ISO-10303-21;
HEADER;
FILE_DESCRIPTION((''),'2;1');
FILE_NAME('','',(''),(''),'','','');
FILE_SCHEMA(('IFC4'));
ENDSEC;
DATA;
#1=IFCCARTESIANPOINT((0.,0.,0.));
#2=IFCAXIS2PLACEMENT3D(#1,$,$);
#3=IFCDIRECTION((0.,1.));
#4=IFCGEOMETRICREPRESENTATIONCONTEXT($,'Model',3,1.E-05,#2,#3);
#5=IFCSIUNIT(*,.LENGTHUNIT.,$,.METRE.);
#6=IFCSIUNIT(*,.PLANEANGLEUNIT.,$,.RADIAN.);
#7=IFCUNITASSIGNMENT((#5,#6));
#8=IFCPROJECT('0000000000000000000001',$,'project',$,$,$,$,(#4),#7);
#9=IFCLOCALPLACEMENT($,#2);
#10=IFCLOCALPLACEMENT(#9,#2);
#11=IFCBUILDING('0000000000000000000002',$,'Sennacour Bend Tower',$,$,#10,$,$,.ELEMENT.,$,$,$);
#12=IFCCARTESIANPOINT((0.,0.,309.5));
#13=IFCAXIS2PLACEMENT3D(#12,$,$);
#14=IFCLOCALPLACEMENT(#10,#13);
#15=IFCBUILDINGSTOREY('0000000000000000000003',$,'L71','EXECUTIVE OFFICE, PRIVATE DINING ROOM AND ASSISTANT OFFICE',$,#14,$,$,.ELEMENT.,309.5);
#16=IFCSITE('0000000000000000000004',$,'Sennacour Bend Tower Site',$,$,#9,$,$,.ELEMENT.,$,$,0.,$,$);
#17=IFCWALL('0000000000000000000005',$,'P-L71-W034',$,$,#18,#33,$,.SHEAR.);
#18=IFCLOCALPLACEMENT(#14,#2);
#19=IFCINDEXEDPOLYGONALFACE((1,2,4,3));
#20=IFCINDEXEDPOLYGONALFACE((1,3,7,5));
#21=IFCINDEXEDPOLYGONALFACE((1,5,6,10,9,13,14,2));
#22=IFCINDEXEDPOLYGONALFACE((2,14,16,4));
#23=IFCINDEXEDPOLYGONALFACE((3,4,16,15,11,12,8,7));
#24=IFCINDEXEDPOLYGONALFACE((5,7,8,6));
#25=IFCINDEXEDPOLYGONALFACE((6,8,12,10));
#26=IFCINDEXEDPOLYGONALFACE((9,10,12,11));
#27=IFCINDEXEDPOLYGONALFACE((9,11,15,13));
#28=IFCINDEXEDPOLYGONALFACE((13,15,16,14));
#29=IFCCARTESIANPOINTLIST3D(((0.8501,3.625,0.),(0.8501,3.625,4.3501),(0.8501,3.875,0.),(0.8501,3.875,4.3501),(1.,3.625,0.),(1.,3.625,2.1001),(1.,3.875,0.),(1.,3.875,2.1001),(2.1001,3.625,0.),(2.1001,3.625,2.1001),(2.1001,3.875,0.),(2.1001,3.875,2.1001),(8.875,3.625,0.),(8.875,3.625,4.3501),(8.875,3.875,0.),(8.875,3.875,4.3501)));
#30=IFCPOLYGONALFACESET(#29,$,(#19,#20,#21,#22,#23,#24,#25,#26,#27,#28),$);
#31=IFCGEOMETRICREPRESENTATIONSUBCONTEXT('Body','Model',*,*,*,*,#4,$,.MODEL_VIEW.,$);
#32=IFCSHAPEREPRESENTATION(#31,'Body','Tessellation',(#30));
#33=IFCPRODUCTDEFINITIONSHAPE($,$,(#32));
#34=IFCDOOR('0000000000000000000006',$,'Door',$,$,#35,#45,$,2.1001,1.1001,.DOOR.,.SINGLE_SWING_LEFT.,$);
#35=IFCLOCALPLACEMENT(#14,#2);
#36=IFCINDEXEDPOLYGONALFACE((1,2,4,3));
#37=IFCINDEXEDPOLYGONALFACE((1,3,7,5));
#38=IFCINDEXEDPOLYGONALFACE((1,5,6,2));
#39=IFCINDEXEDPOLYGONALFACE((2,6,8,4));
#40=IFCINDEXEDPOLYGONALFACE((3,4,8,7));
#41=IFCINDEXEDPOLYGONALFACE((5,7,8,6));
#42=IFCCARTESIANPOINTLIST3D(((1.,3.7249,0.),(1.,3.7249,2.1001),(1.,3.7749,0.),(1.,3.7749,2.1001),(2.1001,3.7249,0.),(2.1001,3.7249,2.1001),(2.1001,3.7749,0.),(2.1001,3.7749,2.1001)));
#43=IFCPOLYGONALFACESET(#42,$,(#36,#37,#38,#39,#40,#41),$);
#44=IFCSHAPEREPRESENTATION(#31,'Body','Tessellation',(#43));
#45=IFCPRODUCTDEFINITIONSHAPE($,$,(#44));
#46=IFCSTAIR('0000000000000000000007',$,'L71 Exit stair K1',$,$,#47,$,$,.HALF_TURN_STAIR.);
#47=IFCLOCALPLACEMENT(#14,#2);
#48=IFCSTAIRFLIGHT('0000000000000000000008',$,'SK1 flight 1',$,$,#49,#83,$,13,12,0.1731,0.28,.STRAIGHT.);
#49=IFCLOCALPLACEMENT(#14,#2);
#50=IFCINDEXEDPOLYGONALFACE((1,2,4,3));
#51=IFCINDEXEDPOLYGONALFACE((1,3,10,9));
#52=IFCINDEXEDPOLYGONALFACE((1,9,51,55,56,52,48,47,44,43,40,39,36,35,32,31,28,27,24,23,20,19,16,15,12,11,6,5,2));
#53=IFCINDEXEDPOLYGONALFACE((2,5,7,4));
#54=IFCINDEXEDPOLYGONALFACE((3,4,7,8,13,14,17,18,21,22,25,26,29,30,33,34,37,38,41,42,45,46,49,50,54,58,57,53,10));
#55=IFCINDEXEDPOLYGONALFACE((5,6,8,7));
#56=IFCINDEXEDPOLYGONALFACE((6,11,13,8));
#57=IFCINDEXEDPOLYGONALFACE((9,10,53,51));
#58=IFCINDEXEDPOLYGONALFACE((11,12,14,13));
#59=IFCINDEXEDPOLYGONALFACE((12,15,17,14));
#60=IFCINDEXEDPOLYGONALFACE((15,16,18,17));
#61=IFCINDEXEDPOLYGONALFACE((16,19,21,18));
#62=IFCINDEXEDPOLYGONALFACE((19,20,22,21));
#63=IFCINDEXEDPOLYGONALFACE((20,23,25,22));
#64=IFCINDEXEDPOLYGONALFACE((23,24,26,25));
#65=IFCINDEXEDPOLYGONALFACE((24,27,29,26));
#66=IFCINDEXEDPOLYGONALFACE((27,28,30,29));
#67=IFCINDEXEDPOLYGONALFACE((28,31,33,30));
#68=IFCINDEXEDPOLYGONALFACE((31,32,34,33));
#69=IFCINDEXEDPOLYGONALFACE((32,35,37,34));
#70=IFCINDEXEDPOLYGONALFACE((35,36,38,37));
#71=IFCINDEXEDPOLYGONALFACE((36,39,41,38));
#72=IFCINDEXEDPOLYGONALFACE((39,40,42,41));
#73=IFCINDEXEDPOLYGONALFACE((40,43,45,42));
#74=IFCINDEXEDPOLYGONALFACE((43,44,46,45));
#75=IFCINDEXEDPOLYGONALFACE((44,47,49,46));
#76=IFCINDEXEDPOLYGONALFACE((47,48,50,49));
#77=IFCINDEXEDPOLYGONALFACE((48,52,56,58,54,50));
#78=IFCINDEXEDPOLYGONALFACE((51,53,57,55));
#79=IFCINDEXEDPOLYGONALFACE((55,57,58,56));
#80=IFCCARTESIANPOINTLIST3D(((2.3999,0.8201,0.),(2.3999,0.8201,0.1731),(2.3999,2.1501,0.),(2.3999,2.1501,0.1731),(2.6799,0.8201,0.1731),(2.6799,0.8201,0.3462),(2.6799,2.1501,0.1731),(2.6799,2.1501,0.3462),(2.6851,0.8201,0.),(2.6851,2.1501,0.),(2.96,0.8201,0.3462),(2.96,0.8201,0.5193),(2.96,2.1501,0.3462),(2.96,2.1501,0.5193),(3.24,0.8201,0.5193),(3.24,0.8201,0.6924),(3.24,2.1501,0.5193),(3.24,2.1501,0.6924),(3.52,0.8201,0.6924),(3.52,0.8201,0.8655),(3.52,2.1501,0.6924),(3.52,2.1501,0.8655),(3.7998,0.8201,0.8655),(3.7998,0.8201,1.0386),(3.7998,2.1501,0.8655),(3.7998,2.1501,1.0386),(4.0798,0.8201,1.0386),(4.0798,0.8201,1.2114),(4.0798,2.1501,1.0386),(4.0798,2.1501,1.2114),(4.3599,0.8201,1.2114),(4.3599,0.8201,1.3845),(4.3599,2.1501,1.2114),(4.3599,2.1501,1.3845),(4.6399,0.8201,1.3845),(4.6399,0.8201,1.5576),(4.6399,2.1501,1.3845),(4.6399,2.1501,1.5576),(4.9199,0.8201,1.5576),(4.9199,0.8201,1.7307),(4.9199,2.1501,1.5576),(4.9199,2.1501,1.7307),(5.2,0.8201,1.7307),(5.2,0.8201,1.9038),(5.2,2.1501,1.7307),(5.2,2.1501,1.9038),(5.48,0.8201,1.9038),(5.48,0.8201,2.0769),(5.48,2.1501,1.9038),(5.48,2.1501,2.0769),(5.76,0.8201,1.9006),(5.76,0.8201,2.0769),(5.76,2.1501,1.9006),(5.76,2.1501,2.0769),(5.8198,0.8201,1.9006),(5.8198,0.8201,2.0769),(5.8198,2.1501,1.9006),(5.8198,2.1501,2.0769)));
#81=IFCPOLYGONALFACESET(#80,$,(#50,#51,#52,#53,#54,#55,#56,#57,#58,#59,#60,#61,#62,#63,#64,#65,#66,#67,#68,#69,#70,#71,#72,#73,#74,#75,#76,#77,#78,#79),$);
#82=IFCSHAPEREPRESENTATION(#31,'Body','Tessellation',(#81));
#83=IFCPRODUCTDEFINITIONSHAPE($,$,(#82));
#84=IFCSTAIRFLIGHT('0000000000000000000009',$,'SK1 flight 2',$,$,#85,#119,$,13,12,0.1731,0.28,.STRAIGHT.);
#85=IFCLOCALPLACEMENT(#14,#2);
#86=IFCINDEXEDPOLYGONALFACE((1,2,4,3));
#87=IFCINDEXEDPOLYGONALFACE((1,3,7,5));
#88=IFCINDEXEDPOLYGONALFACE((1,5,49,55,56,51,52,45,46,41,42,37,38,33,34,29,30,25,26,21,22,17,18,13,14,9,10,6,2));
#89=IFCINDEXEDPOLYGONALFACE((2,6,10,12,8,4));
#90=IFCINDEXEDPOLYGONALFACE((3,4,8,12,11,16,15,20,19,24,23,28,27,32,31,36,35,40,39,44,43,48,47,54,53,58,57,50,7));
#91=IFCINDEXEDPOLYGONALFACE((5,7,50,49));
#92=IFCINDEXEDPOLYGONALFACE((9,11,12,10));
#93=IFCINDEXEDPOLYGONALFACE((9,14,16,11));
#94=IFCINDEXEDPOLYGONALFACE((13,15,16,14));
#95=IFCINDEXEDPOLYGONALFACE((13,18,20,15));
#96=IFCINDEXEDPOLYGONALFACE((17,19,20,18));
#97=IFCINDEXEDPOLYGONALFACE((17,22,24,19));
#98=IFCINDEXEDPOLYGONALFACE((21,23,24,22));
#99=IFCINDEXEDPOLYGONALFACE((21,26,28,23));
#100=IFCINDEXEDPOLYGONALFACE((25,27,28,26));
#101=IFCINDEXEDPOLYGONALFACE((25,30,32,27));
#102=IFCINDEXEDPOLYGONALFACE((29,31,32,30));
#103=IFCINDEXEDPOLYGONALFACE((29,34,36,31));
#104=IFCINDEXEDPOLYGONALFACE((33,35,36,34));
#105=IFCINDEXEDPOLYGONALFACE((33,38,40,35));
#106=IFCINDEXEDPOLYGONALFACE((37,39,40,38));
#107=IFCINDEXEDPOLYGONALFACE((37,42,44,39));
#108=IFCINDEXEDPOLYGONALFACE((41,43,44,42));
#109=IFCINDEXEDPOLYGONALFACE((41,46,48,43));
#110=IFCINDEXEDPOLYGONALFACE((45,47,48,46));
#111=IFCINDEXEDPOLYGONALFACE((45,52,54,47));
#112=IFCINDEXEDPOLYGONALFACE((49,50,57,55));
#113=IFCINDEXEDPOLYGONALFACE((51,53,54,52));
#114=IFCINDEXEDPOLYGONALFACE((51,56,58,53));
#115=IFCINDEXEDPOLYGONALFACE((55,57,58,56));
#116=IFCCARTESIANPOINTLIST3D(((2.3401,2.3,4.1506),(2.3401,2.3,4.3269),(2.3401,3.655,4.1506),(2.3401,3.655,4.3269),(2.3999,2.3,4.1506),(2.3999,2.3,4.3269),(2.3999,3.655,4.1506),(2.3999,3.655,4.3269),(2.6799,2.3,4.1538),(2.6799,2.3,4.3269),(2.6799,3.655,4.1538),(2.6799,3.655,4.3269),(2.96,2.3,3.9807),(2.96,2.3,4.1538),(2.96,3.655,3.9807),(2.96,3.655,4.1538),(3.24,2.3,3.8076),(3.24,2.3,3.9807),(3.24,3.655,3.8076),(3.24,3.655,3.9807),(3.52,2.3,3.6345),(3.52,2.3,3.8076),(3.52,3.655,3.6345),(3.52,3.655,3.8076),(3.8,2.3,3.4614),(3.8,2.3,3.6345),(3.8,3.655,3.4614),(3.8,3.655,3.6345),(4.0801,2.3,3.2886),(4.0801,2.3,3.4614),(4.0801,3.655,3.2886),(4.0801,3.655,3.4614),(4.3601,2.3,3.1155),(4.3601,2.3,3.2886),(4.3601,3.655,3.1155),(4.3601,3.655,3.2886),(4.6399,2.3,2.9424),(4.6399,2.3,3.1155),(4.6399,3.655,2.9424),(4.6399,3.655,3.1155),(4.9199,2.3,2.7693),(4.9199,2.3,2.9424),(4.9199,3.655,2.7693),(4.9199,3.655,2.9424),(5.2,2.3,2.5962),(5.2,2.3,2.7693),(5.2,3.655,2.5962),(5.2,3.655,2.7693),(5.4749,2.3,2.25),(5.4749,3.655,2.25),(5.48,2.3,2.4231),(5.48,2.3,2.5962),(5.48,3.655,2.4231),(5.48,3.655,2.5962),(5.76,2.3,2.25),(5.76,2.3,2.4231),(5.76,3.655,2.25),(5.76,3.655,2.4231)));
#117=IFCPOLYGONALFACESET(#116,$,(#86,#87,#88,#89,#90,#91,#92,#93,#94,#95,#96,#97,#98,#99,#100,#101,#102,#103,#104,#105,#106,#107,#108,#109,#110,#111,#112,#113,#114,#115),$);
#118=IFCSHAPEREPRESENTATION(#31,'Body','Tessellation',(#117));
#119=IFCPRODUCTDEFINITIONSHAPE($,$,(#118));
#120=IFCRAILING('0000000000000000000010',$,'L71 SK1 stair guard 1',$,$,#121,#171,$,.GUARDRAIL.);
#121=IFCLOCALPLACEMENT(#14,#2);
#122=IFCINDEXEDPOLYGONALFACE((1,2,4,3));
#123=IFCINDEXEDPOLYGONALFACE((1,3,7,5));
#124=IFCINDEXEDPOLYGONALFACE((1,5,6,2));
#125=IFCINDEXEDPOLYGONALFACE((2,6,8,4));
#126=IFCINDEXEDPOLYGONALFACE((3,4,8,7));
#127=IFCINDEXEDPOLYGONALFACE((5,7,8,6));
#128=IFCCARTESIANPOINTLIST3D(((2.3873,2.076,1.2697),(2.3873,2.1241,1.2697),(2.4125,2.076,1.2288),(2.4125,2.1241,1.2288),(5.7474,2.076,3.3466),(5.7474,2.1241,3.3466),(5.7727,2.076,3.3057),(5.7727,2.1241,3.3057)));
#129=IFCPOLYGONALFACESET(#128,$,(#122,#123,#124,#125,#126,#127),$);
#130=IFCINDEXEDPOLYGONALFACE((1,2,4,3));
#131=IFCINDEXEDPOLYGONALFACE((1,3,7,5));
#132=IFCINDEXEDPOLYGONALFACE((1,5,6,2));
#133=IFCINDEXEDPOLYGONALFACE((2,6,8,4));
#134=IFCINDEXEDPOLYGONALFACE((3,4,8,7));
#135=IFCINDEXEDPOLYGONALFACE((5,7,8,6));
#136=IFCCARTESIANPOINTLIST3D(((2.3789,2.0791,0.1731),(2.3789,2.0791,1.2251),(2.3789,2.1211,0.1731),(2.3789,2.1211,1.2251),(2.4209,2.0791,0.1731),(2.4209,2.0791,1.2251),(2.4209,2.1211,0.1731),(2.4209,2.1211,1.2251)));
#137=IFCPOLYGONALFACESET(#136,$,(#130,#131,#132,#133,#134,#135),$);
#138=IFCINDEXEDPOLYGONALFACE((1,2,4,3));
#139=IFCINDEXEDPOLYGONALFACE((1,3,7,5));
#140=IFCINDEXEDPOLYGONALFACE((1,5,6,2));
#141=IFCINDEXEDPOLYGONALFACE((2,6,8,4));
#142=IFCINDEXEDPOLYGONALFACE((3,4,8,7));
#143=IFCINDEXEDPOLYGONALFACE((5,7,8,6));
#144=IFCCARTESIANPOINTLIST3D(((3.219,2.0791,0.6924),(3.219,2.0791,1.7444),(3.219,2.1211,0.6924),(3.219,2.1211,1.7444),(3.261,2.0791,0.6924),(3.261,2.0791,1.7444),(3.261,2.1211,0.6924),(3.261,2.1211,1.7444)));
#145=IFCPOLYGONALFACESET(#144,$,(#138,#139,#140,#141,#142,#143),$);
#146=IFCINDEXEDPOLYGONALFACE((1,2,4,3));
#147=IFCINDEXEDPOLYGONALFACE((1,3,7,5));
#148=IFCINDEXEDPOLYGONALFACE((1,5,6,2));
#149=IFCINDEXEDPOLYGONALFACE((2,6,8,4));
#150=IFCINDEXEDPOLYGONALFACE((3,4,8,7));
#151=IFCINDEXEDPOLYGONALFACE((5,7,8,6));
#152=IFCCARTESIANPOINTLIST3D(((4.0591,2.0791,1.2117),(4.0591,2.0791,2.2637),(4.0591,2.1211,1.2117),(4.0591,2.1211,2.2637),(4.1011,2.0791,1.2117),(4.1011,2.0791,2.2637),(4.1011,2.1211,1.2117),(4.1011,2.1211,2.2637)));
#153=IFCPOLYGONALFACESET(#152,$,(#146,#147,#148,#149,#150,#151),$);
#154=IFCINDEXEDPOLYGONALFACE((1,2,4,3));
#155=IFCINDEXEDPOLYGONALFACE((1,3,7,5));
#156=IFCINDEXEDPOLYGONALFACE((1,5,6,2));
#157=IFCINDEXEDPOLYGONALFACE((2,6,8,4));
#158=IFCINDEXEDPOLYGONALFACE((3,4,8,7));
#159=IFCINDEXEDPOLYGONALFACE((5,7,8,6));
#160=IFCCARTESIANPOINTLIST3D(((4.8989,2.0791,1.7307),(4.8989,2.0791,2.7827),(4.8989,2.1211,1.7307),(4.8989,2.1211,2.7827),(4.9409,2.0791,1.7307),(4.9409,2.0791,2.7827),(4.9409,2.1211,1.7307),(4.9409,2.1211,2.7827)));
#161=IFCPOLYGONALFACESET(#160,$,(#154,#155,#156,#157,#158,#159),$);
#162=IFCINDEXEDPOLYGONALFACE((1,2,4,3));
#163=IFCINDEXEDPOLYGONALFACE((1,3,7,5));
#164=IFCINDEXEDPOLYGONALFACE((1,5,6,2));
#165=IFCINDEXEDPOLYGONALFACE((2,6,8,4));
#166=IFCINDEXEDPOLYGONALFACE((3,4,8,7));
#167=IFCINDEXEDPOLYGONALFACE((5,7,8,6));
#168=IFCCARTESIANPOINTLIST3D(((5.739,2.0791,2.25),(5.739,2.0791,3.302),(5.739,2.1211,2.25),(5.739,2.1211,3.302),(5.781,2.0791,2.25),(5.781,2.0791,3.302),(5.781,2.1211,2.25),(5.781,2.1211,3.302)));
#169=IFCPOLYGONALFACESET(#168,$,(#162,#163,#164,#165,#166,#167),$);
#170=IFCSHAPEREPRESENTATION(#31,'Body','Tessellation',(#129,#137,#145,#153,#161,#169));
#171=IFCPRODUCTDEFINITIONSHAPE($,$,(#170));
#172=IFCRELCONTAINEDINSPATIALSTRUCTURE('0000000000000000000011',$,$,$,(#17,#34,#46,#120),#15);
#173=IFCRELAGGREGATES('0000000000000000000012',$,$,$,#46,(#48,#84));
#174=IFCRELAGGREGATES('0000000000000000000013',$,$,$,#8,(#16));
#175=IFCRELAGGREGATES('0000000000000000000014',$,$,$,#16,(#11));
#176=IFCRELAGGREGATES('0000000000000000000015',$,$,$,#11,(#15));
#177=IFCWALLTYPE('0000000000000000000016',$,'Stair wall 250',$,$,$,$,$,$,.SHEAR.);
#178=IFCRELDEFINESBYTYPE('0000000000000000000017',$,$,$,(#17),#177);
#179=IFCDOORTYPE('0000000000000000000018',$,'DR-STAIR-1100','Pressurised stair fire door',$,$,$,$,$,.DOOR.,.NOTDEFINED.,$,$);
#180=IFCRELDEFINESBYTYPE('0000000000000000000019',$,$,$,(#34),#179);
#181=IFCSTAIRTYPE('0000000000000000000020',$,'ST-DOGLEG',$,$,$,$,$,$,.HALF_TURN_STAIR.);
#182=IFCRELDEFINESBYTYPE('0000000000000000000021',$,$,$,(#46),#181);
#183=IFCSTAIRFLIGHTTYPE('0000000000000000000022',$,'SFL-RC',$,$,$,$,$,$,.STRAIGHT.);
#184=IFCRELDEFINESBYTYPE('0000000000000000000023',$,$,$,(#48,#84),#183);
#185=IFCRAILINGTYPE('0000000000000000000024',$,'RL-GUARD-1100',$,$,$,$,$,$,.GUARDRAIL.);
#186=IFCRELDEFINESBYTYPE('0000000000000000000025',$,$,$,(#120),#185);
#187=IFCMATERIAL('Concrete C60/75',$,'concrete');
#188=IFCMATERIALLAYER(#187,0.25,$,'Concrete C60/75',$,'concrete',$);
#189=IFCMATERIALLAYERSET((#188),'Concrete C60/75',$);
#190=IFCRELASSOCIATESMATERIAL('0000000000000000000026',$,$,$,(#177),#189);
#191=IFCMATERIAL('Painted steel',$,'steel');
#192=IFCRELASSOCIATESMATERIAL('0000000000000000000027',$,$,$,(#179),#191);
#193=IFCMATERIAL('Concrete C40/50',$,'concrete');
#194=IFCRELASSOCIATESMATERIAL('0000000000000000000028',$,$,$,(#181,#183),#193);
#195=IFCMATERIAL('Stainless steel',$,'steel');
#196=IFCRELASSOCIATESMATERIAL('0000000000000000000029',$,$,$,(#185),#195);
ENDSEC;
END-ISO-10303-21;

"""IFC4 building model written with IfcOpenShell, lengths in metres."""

from ifc_helpers import new_model, si_unit, direction, frame, frame_2d, origin, origin_2d, place, context, subcontext, project, spatial, polyline, rectangle, outline, extrude, material, layer, layer_set, type_object, element, fill, aggregate, save


model = new_model("IFC4")

# Units and contexts
model_context = context("Model", 3, precision=1e-05, world=origin(), true_north=direction((0.0, 1.0)))
body_context = subcontext(model_context, "Body", "Model", "MODEL_VIEW")
ifc_project = project(units=[si_unit("LENGTHUNIT", "METRE"), si_unit("PLANEANGLEUNIT", "RADIAN")], contexts=[model_context])

# Site, building, storey
site_placement = place(None, origin())
site = spatial("IfcSite", under=ifc_project, at=site_placement, Name="Sennacour Bend Tower Site", CompositionType="ELEMENT", RefElevation=0.0)
building_placement = place(site_placement, origin())
building = spatial("IfcBuilding", under=site, at=building_placement, Name="Sennacour Bend Tower", CompositionType="ELEMENT")
storey_placement = place(building_placement, frame((0.0, 0.0, 309.5)))
storey = spatial("IfcBuildingStorey", under=building, at=storey_placement, Name="L71", Description="EXECUTIVE OFFICE, PRIVATE DINING ROOM AND ASSISTANT OFFICE", CompositionType="ELEMENT", Elevation=309.5)

# Shared definitions
ifc_material_1 = material(Name="Concrete C60/75", Category="concrete")
ifc_layer_1 = layer(ifc_material_1, 0.25, Name="Concrete C60/75", Category="concrete")
ifc_layer_set_1 = layer_set([ifc_layer_1], Name="Concrete C60/75")
wall_type = type_object("IfcWallType", Name="Stair wall 250", PredefinedType="SHEAR", material=ifc_layer_set_1)

# Wall, opening, door
wall_1_placement = place(storey_placement, frame((0.8501, 3.75, 0.0), z_axis=(0.0, 0.0, 1.0), x_axis=(1.0, 0.0, 0.0)))
wall_1 = element("IfcWall", 1, at=wall_1_placement, inside=storey, type_object=wall_type, Name="P-L71-W034", PredefinedType="SHEAR", context=body_context, shape_type="SweptSolid", body=[
    extrude(rectangle(XDim=8.0249, YDim=0.25, at=frame_2d((4.0125, 0.0))), origin(), (0.0, 0.0, 1.0), 4.3501),
])
opening_placement = place(wall_1_placement, frame((0.1499, 0.0, 0.0)))
opening = element("IfcOpeningElement", 2, at=opening_placement, cuts=wall_1, PredefinedType="OPENING", context=body_context, shape_type="SweptSolid", body=[
    extrude(rectangle(XDim=1.1001, YDim=2.1001, at=frame_2d((0.55, 1.05))), frame((0.0, 0.135, 0.0), z_axis=(0.0, -1.0, 0.0), x_axis=(1.0, 0.0, 0.0)), (0.0, 0.0, 1.0), 0.27),
])
ifc_material_2 = material(Name="Painted steel", Category="steel")
door_type = type_object("IfcDoorType", Name="DR-STAIR-1100", Description="Pressurised stair fire door", OperationType="NOTDEFINED", PredefinedType="DOOR", material=ifc_material_2)
door_placement = place(opening_placement, origin())
door = element("IfcDoor", 3, at=door_placement, inside=storey, type_object=door_type, Name="Door", OperationType="SINGLE_SWING_LEFT", OverallHeight=2.1001, OverallWidth=1.1001, PredefinedType="DOOR", context=body_context, shape_type="SweptSolid", body=[
    extrude(rectangle(XDim=1.1001, YDim=2.1001, at=frame_2d((0.55, 1.05))), frame((0.0, 0.0249, 0.0), z_axis=(0.0, -1.0, 0.0), x_axis=(1.0, 0.0, 0.0)), (0.0, 0.0, 1.0), 0.05),
])
fill(opening, door)

# Stair, stair flights
ifc_material_3 = material(Name="Concrete C40/50", Category="concrete")
stair_type = type_object("IfcStairType", Name="ST-DOGLEG", PredefinedType="HALF_TURN_STAIR", material=ifc_material_3)
stair_placement = place(storey_placement, origin())
stair = element("IfcStair", 4, at=stair_placement, inside=storey, type_object=stair_type, Name="L71 Exit stair K1", PredefinedType="HALF_TURN_STAIR")
stair_flight_type = type_object("IfcStairFlightType", Name="SFL-RC", PredefinedType="STRAIGHT", material=ifc_material_3)
stair_flight_1_placement = place(storey_placement, frame((2.3999, 1.4851, 0.0), z_axis=(0.0, 0.0, 1.0), x_axis=(1.0, 0.0, 0.0)))
stair_flight_1 = element("IfcStairFlight", 5, at=stair_flight_1_placement, type_object=stair_flight_type, Name="SK1 flight 1", NumberOfRisers=13, NumberOfTreads=12, PredefinedType="STRAIGHT", RiserHeight=0.1731, TreadLength=0.28, context=body_context, shape_type="SweptSolid", body=[
    extrude(outline(polyline([(0.0, 0.0), (0.0, 0.1731), (0.28, 0.1731), (0.28, 0.3462), (0.5601, 0.3462), (0.5601, 0.5193), (0.8401, 0.5193), (0.8401, 0.6924), (1.1201, 0.6924), (1.1201, 0.8655), (1.3999, 0.8655), (1.3999, 1.0386), (1.6799, 1.0386), (1.6799, 1.2114), (1.96, 1.2114), (1.96, 1.3845), (2.24, 1.3845), (2.24, 1.5576), (2.52, 1.5576), (2.52, 1.7307), (2.8, 1.7307), (2.8, 1.9038), (3.0801, 1.9038), (3.0801, 2.0769), (3.3601, 2.0769), (3.4199, 2.0769), (3.4199, 1.9006), (3.3601, 1.9006), (0.2852, 0.0), (0.0, 0.0)])), frame((0.0, 0.665, 0.0), z_axis=(0.0, -1.0, 0.0), x_axis=(1.0, 0.0, 0.0)), (0.0, 0.0, 1.0), 1.3301),
])
stair_flight_2_placement = place(storey_placement, frame((5.76, 2.9775, 2.25), z_axis=(0.0, 0.0, 1.0), x_axis=(-1.0, 0.0, 0.0)))
stair_flight_2 = element("IfcStairFlight", 6, at=stair_flight_2_placement, type_object=stair_flight_type, Name="SK1 flight 2", NumberOfRisers=13, NumberOfTreads=12, PredefinedType="STRAIGHT", RiserHeight=0.1731, TreadLength=0.28, context=body_context, shape_type="SweptSolid", body=[
    extrude(outline(polyline([(0.0, 0.0), (0.0, 0.1731), (0.28, 0.1731), (0.28, 0.3462), (0.5601, 0.3462), (0.5601, 0.5193), (0.8401, 0.5193), (0.8401, 0.6924), (1.1201, 0.6924), (1.1201, 0.8655), (1.3999, 0.8655), (1.3999, 1.0386), (1.6799, 1.0386), (1.6799, 1.2114), (1.96, 1.2114), (1.96, 1.3845), (2.24, 1.3845), (2.24, 1.5576), (2.52, 1.5576), (2.52, 1.7307), (2.8, 1.7307), (2.8, 1.9038), (3.0801, 1.9038), (3.0801, 2.0769), (3.3601, 2.0769), (3.4199, 2.0769), (3.4199, 1.9006), (3.3601, 1.9006), (0.2852, 0.0), (0.0, 0.0)])), frame((0.0, 0.6775, 0.0), z_axis=(0.0, -1.0, 0.0), x_axis=(1.0, 0.0, 0.0)), (0.0, 0.0, 1.0), 1.355),
])
aggregate(stair, [stair_flight_1, stair_flight_2])

# Railing
ifc_material_4 = material(Name="Stainless steel", Category="steel")
railing_type_1 = type_object("IfcRailingType", Name="RL-GUARD-1100", PredefinedType="GUARDRAIL", material=ifc_material_4)
railing_1_placement = place(storey_placement, frame((2.3999, 2.1001, 0.1731)))
element("IfcRailing", 7, at=railing_1_placement, inside=storey, type_object=railing_type_1, Name="L71 SK1 stair guard 1", PredefinedType="GUARDRAIL", context=body_context, shape_type="SweptSolid", body=[
    extrude(rectangle(XDim=0.0481, YDim=0.0481, at=origin_2d()), frame((0.0, 0.0, 1.0762), z_axis=(0.850623, 0.0, 0.525776), x_axis=(0.0, 1.0, 0.0)), (0.0, 0.0, 1.0), 3.9502),
    extrude(rectangle(XDim=0.042, YDim=0.042, at=origin_2d()), origin(), (0.0, 0.0, 1.0), 1.052),
    extrude(rectangle(XDim=0.042, YDim=0.042, at=origin_2d()), frame((0.8401, 0.0, 0.5193)), (0.0, 0.0, 1.0), 1.052),
    extrude(rectangle(XDim=0.042, YDim=0.042, at=origin_2d()), frame((1.6802, 0.0, 1.0386)), (0.0, 0.0, 1.0), 1.052),
    extrude(rectangle(XDim=0.042, YDim=0.042, at=origin_2d()), frame((2.52, 0.0, 1.5576)), (0.0, 0.0, 1.0), 1.052),
    extrude(rectangle(XDim=0.042, YDim=0.042, at=origin_2d()), frame((3.3601, 0.0, 2.0769)), (0.0, 0.0, 1.0), 1.052),
])

save(model, "model.ifc")
